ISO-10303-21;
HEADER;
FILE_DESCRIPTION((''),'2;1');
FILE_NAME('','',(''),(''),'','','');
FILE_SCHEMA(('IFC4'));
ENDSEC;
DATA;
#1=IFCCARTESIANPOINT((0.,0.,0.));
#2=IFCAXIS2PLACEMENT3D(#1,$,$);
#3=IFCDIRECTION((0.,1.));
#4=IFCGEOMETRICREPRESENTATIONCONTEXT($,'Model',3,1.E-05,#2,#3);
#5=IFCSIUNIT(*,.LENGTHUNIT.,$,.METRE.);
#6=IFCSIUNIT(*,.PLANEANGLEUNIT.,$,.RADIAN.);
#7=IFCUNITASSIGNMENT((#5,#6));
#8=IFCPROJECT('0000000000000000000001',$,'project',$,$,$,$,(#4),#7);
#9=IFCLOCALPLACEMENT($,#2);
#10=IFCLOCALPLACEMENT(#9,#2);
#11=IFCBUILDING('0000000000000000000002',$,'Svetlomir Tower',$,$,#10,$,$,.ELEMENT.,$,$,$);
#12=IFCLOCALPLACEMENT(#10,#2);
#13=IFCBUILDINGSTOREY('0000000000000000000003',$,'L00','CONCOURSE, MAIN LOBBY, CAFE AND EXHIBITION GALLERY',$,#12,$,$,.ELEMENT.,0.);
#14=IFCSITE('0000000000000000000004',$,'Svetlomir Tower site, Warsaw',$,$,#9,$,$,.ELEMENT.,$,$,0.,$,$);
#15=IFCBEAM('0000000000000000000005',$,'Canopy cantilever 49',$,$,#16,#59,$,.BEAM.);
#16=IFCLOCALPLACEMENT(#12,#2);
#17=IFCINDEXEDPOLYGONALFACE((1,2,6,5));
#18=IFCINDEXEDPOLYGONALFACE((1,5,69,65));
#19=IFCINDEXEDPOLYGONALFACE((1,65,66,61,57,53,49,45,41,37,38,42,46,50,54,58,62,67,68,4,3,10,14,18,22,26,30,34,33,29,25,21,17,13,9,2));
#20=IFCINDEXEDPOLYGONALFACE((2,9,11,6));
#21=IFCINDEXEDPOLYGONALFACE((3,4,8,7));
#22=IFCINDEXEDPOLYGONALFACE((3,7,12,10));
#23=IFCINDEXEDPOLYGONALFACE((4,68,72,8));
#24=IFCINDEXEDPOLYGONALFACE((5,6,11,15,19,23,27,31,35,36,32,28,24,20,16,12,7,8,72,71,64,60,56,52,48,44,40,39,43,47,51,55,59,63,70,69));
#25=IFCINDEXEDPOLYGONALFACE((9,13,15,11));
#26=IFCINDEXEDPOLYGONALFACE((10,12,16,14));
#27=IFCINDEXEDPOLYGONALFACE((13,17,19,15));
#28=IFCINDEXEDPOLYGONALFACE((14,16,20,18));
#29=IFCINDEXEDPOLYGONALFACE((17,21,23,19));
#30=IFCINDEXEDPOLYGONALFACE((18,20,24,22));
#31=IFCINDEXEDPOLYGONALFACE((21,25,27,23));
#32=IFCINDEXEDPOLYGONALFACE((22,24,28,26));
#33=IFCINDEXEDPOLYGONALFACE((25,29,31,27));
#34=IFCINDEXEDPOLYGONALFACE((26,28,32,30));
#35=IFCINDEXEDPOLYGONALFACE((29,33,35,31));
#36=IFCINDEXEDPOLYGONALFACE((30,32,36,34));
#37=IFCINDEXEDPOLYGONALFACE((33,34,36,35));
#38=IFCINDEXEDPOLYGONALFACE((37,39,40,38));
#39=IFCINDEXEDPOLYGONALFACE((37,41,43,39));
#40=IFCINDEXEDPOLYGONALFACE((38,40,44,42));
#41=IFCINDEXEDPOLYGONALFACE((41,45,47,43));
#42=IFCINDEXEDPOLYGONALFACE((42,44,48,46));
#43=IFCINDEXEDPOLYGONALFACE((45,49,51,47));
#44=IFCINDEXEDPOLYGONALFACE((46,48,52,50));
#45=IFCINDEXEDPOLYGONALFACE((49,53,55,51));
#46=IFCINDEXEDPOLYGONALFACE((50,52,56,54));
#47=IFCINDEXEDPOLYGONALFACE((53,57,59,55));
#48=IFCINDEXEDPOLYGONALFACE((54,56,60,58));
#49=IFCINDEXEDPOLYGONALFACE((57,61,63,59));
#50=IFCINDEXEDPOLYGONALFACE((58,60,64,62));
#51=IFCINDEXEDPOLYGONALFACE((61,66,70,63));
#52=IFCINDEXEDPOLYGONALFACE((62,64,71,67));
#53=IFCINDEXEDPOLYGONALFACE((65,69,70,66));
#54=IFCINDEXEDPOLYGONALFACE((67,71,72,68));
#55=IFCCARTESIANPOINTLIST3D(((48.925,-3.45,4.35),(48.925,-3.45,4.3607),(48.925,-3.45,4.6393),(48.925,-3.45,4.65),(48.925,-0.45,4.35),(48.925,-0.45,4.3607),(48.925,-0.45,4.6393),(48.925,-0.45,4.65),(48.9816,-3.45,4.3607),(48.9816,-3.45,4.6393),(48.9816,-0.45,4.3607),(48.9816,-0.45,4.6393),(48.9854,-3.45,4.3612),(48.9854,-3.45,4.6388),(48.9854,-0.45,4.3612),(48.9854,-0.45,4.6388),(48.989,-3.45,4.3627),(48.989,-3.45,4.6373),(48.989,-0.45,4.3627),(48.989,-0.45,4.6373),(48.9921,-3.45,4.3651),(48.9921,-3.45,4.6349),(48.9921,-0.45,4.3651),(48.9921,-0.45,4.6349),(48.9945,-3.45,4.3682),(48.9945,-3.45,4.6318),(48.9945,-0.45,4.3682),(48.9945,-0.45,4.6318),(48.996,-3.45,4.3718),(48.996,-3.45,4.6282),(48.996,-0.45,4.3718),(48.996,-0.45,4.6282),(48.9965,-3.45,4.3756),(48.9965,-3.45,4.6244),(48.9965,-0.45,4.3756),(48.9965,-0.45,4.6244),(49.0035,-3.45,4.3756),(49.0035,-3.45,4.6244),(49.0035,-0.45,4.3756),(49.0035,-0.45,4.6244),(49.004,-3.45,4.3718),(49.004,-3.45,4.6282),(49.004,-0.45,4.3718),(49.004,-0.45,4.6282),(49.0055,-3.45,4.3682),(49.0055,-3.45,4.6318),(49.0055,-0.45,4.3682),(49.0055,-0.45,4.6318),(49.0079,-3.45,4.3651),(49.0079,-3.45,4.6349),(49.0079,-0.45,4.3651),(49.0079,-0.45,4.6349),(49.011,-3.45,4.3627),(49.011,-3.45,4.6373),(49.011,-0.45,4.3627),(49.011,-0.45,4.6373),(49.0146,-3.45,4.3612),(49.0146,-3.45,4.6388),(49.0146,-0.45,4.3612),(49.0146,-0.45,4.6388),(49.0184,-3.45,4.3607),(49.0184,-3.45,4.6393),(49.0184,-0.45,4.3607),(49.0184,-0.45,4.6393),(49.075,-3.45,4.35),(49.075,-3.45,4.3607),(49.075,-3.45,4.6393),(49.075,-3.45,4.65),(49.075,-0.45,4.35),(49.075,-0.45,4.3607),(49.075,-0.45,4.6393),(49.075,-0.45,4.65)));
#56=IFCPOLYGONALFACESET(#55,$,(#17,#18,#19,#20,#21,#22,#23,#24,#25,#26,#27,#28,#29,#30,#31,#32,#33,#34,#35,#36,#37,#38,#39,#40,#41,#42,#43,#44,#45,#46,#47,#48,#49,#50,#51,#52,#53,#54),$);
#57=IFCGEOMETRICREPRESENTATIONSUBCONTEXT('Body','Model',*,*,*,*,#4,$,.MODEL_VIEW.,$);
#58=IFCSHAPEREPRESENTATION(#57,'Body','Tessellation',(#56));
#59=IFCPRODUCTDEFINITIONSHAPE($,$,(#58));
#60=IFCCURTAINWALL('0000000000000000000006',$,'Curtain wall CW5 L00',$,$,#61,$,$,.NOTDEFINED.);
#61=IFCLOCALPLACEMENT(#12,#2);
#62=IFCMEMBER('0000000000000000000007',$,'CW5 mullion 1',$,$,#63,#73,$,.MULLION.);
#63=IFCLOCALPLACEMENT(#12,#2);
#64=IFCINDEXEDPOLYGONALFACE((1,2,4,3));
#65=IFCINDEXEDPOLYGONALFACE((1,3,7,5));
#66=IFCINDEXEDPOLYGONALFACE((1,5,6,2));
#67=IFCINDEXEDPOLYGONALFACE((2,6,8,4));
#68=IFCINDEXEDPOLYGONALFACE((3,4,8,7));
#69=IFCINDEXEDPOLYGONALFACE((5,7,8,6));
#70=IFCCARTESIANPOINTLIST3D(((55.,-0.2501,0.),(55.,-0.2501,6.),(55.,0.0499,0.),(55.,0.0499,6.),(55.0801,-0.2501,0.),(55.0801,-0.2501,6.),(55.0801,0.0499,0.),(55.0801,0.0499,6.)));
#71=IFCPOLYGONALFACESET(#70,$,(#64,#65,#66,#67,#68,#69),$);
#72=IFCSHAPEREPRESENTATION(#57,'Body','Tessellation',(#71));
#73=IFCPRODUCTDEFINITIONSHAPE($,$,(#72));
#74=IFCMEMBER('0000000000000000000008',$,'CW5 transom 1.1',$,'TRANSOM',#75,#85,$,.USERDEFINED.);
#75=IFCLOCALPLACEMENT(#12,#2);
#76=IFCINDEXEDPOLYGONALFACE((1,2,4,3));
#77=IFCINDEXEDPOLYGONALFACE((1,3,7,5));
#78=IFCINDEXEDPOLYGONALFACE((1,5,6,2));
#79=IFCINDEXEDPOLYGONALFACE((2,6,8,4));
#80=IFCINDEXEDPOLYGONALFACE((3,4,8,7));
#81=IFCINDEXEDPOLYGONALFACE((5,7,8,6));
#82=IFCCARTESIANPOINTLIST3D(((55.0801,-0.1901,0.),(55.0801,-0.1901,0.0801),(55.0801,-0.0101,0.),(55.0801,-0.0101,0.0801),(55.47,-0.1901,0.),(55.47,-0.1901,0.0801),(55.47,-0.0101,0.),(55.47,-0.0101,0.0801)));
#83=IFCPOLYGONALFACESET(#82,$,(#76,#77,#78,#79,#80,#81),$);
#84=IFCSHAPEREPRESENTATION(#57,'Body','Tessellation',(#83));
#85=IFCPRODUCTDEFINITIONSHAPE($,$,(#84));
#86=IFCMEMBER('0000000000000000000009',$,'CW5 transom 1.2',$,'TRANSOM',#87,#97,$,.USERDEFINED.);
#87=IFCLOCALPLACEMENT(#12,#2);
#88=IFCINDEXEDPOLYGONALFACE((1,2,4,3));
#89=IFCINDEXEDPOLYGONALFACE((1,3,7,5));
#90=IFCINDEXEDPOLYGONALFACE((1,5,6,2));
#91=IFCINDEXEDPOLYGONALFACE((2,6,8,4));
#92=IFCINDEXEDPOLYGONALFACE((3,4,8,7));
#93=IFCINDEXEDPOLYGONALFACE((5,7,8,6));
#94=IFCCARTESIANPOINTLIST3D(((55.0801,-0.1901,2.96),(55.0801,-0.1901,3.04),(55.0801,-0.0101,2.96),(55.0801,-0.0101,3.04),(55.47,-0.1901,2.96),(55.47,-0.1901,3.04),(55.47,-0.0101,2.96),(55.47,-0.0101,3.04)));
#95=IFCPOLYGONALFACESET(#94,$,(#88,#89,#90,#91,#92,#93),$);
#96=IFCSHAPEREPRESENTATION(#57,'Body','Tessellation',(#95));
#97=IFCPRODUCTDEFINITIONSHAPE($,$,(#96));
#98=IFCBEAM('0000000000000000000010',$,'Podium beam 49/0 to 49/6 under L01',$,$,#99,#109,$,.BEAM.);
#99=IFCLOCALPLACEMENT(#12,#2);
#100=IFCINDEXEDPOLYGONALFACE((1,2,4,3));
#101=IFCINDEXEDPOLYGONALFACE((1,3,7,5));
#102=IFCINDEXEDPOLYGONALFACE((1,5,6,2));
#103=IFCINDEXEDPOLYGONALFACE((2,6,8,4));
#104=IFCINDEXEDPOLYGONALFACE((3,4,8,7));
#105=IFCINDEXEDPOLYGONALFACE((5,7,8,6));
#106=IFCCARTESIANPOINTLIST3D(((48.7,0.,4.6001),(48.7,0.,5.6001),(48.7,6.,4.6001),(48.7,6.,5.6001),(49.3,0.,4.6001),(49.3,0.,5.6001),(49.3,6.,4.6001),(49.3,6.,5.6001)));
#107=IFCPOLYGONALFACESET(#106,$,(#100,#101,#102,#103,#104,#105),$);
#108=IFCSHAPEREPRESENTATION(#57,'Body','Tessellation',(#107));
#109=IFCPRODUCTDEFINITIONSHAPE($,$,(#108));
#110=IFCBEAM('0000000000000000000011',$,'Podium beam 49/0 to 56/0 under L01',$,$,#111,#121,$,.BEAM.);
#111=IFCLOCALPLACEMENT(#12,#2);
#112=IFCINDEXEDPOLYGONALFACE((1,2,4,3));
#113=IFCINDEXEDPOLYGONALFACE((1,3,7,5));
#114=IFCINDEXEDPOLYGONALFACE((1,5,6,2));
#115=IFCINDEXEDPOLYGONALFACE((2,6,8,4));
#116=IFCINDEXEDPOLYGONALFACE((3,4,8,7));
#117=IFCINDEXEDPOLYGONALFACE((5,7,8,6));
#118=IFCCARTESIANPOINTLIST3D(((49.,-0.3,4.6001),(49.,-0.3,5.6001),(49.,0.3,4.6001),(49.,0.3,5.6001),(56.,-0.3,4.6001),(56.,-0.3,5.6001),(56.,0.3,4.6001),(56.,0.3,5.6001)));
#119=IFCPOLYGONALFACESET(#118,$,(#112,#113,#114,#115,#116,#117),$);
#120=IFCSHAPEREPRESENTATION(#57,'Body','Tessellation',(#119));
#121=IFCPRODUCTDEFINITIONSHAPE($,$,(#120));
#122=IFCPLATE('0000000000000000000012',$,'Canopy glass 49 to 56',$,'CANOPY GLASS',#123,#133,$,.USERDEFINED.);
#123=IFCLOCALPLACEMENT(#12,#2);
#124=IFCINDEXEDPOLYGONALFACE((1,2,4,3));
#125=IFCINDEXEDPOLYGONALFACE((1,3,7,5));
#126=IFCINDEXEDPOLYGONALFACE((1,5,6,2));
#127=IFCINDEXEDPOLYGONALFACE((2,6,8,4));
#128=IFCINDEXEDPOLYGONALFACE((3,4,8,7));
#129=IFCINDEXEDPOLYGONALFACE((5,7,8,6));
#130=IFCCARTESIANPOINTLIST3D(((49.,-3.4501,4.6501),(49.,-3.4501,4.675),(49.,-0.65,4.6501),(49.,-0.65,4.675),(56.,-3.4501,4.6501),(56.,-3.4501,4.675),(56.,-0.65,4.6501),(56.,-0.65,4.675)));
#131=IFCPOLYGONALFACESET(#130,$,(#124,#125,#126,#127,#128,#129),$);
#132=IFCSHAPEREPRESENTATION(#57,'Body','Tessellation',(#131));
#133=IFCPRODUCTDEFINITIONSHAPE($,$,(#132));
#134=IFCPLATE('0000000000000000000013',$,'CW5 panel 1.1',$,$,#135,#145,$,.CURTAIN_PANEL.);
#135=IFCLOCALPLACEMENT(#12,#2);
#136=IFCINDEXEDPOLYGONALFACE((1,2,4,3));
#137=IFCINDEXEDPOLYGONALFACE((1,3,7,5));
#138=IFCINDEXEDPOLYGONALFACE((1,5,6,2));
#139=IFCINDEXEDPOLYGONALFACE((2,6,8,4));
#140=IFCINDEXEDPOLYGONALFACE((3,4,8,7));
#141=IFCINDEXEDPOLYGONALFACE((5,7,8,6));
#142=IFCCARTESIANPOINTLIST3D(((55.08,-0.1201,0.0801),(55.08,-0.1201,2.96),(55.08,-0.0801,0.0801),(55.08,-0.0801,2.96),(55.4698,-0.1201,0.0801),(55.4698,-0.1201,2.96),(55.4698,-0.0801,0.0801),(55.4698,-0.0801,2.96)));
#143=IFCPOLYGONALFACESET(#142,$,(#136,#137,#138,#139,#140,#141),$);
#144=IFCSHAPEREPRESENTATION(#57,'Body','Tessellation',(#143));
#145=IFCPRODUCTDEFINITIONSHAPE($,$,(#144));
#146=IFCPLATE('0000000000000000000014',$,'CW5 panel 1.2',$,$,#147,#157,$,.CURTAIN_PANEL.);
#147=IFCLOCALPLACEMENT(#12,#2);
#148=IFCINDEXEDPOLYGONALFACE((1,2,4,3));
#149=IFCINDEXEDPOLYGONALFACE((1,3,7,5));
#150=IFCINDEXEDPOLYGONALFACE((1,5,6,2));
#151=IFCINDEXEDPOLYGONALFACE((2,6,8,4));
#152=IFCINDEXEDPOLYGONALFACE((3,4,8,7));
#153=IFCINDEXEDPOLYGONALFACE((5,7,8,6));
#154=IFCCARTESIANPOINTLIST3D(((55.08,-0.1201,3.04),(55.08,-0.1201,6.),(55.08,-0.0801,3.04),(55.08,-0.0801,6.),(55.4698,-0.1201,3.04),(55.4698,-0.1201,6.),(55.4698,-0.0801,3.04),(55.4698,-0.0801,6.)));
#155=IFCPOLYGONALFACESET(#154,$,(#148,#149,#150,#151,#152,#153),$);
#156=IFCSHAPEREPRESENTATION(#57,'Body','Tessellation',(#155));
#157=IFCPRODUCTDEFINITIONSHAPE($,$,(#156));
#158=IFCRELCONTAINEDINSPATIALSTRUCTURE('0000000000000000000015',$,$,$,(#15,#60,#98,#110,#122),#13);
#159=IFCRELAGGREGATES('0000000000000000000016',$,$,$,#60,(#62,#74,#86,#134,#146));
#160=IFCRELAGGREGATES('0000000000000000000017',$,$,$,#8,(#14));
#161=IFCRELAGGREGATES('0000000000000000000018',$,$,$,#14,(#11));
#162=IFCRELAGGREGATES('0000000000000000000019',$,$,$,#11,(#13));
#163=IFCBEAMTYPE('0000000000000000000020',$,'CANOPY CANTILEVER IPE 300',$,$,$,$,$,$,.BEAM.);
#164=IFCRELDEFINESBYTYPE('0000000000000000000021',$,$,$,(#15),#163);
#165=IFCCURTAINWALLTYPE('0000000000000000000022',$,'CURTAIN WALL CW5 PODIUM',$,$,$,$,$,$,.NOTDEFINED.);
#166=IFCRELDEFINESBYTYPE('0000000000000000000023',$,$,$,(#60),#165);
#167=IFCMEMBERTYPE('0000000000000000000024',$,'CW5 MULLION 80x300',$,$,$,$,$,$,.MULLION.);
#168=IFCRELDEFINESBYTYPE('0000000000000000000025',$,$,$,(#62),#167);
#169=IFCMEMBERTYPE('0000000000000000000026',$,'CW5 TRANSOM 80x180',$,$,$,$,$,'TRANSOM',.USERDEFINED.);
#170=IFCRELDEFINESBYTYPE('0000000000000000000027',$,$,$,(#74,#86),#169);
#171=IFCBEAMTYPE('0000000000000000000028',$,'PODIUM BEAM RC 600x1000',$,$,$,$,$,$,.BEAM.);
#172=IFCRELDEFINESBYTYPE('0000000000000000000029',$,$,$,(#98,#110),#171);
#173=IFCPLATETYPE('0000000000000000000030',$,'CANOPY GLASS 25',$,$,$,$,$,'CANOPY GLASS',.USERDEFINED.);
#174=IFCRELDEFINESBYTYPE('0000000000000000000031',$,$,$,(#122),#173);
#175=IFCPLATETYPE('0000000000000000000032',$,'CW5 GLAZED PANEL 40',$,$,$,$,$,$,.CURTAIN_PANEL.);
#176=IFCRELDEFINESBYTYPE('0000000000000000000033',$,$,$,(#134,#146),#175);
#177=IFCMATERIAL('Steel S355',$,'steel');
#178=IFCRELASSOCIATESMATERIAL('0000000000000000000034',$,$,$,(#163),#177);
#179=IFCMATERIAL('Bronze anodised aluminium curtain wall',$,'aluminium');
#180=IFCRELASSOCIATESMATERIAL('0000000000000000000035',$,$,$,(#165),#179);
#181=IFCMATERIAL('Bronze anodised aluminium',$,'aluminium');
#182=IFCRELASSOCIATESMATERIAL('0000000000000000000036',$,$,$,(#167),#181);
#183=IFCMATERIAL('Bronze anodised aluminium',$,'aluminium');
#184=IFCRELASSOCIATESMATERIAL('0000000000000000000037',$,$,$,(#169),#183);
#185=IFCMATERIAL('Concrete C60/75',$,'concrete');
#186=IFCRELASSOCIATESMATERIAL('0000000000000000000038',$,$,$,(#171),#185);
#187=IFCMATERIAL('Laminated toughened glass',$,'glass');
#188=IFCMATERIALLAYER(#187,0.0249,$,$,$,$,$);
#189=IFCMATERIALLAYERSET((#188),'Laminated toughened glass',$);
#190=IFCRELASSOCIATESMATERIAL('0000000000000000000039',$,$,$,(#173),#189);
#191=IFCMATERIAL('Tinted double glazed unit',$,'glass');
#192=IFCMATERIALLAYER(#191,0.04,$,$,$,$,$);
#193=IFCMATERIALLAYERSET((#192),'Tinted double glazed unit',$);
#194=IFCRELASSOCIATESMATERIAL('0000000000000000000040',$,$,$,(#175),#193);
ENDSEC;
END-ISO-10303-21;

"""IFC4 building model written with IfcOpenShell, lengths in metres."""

from ifc_helpers import new_model, si_unit, direction, frame, origin, origin_2d, place, context, subcontext, project, spatial, rectangle, i_section, extrude, material, layer, layer_set, material_profile, profile_set, type_object, element, aggregate, save


model = new_model("IFC4")

# Units and contexts
model_context = context("Model", 3, precision=1e-05, world=origin(), true_north=direction((0.0, 1.0)))
body_context = subcontext(model_context, "Body", "Model", "MODEL_VIEW")
ifc_project = project(units=[si_unit("LENGTHUNIT", "METRE"), si_unit("PLANEANGLEUNIT", "RADIAN")], contexts=[model_context])

# Site, building, storey
site_placement = place(None, origin())
site = spatial("IfcSite", under=ifc_project, at=site_placement, Name="Svetlomir Tower site, Warsaw", CompositionType="ELEMENT", RefElevation=0.0)
building_placement = place(site_placement, origin())
building = spatial("IfcBuilding", under=site, at=building_placement, Name="Svetlomir Tower", CompositionType="ELEMENT")
storey_placement = place(building_placement, origin())
storey = spatial("IfcBuildingStorey", under=building, at=storey_placement, Name="L00", Description="CONCOURSE, MAIN LOBBY, CAFE AND EXHIBITION GALLERY", CompositionType="ELEMENT", Elevation=0.0)

# Beam
ifc_material_1 = material(Name="Steel S355", Category="steel")
ifc_material_profile_1 = material_profile(ifc_material_1, i_section(OverallWidth=0.1499, OverallDepth=0.3, WebThickness=0.0071, FlangeThickness=0.0107, FilletRadius=0.0149, at=origin_2d()), Name="IPE 300")
ifc_profile_set_1 = profile_set([ifc_material_profile_1], Name="Steel S355")
beam_type_1 = type_object("IfcBeamType", Name="CANOPY CANTILEVER IPE 300", PredefinedType="BEAM", material=ifc_profile_set_1)
beam_1_placement = place(storey_placement, frame((49.0, -0.45, 4.5), z_axis=(0.0, -1.0, 0.0), x_axis=(1.0, 0.0, 0.0)))
element("IfcBeam", 1, at=beam_1_placement, inside=storey, type_object=beam_type_1, Name="Canopy cantilever 49", PredefinedType="BEAM", context=body_context, shape_type="SweptSolid", body=[
    extrude(i_section(OverallWidth=0.1499, OverallDepth=0.3, WebThickness=0.0071, FlangeThickness=0.0107, FilletRadius=0.0149, at=origin_2d()), origin(), (0.0, 0.0, 1.0), 3.0),
])

# Curtain wall, members
ifc_material_2 = material(Name="Bronze anodised aluminium curtain wall", Category="aluminium")
curtain_wall_type = type_object("IfcCurtainWallType", Name="CURTAIN WALL CW5 PODIUM", PredefinedType="NOTDEFINED", material=ifc_material_2)
curtain_wall_placement = place(storey_placement, origin())
curtain_wall = element("IfcCurtainWall", 2, at=curtain_wall_placement, inside=storey, type_object=curtain_wall_type, Name="Curtain wall CW5 L00", PredefinedType="NOTDEFINED")
ifc_material_3 = material(Name="Bronze anodised aluminium", Category="aluminium")
ifc_material_profile_2 = material_profile(ifc_material_3, rectangle(XDim=0.0801, YDim=0.3, at=origin_2d()), Name="AL 80x300")
ifc_profile_set_2 = profile_set([ifc_material_profile_2], Name="Bronze anodised aluminium 6063-T6")
member_type_1 = type_object("IfcMemberType", Name="CW5 MULLION 80x300", PredefinedType="MULLION", material=ifc_profile_set_2)
member_1_placement = place(storey_placement, frame((55.04, -0.1001, 0.0), z_axis=(0.0, 0.0, 1.0), x_axis=(1.0, 0.0, 0.0)))
member_1 = element("IfcMember", 3, at=member_1_placement, type_object=member_type_1, Name="CW5 mullion 1", PredefinedType="MULLION", context=body_context, shape_type="SweptSolid", body=[
    extrude(rectangle(XDim=0.0801, YDim=0.3, at=origin_2d()), origin(), (0.0, 0.0, 1.0), 6.0),
])
ifc_material_4 = material(Name="Bronze anodised aluminium", Category="aluminium")
ifc_material_profile_3 = material_profile(ifc_material_4, rectangle(XDim=0.1799, YDim=0.0801, at=origin_2d()), Name="AL 180x80")
ifc_profile_set_3 = profile_set([ifc_material_profile_3], Name="Bronze anodised aluminium 6063-T6")
member_type_2 = type_object("IfcMemberType", Name="CW5 TRANSOM 80x180", ElementType="TRANSOM", PredefinedType="USERDEFINED", material=ifc_profile_set_3)
member_2_placement = place(storey_placement, frame((55.0801, -0.1001, 0.04), z_axis=(1.0, 0.0, 0.0), x_axis=(0.0, 1.0, 0.0)))
member_2 = element("IfcMember", 4, at=member_2_placement, type_object=member_type_2, Name="CW5 transom 1.1", ObjectType="TRANSOM", PredefinedType="USERDEFINED", context=body_context, shape_type="SweptSolid", body=[
    extrude(rectangle(XDim=0.1799, YDim=0.0801, at=origin_2d()), origin(), (0.0, 0.0, 1.0), 0.3899),
])
member_3_placement = place(storey_placement, frame((55.0801, -0.1001, 3.0), z_axis=(1.0, 0.0, 0.0), x_axis=(0.0, 1.0, 0.0)))
member_3 = element("IfcMember", 5, at=member_3_placement, type_object=member_type_2, Name="CW5 transom 1.2", ObjectType="TRANSOM", PredefinedType="USERDEFINED", context=body_context, shape_type="SweptSolid", body=[
    extrude(rectangle(XDim=0.1799, YDim=0.0801, at=origin_2d()), origin(), (0.0, 0.0, 1.0), 0.3899),
])

# Beams
ifc_material_5 = material(Name="Concrete C60/75", Category="concrete")
ifc_material_profile_4 = material_profile(ifc_material_5, rectangle(XDim=0.6001, YDim=1.0, at=origin_2d()), Name="RC 600x1000")
ifc_profile_set_4 = profile_set([ifc_material_profile_4], Name="Concrete C60/75")
beam_type_2 = type_object("IfcBeamType", Name="PODIUM BEAM RC 600x1000", PredefinedType="BEAM", material=ifc_profile_set_4)
beam_2_placement = place(storey_placement, frame((49.0, 0.0, 5.1001), z_axis=(0.0, 1.0, 0.0), x_axis=(-1.0, 0.0, 0.0)))
element("IfcBeam", 6, at=beam_2_placement, inside=storey, type_object=beam_type_2, Name="Podium beam 49/0 to 49/6 under L01", PredefinedType="BEAM", context=body_context, shape_type="SweptSolid", body=[
    extrude(rectangle(XDim=0.6001, YDim=1.0, at=origin_2d()), origin(), (0.0, 0.0, 1.0), 6.0),
])
beam_3_placement = place(storey_placement, frame((49.0, 0.0, 5.1001), z_axis=(1.0, 0.0, 0.0), x_axis=(0.0, 1.0, 0.0)))
element("IfcBeam", 7, at=beam_3_placement, inside=storey, type_object=beam_type_2, Name="Podium beam 49/0 to 56/0 under L01", PredefinedType="BEAM", context=body_context, shape_type="SweptSolid", body=[
    extrude(rectangle(XDim=0.6001, YDim=1.0, at=origin_2d()), origin(), (0.0, 0.0, 1.0), 7.0),
])

# Plates
ifc_material_6 = material(Name="Laminated toughened glass", Category="glass")
ifc_layer_1 = layer(ifc_material_6, 0.0249)
ifc_layer_set_1 = layer_set([ifc_layer_1], Name="Laminated toughened glass")
plate_type_1 = type_object("IfcPlateType", Name="CANOPY GLASS 25", ElementType="CANOPY GLASS", PredefinedType="USERDEFINED", material=ifc_layer_set_1)
plate_1_placement = place(storey_placement, frame((52.5, -2.05, 4.6501), z_axis=(0.0, 0.0, 1.0), x_axis=(1.0, 0.0, 0.0)))
element("IfcPlate", 8, at=plate_1_placement, inside=storey, type_object=plate_type_1, Name="Canopy glass 49 to 56", ObjectType="CANOPY GLASS", PredefinedType="USERDEFINED", context=body_context, shape_type="SweptSolid", body=[
    extrude(rectangle(XDim=7.0, YDim=2.8, at=origin_2d()), origin(), (0.0, 0.0, 1.0), 0.0249),
])
ifc_material_7 = material(Name="Tinted double glazed unit", Category="glass")
ifc_layer_2 = layer(ifc_material_7, 0.04)
ifc_layer_set_2 = layer_set([ifc_layer_2], Name="Tinted double glazed unit")
plate_type_2 = type_object("IfcPlateType", Name="CW5 GLAZED PANEL 40", PredefinedType="CURTAIN_PANEL", material=ifc_layer_set_2)
plate_2_placement = place(storey_placement, frame((55.2749, -0.1001, 0.0801), z_axis=(0.0, 0.0, 1.0), x_axis=(1.0, 0.0, 0.0)))
plate_2 = element("IfcPlate", 9, at=plate_2_placement, type_object=plate_type_2, Name="CW5 panel 1.1", PredefinedType="CURTAIN_PANEL", context=body_context, shape_type="SweptSolid", body=[
    extrude(rectangle(XDim=0.3899, YDim=0.04, at=origin_2d()), origin(), (0.0, 0.0, 1.0), 2.8799),
])
plate_3_placement = place(storey_placement, frame((55.2749, -0.1001, 3.04), z_axis=(0.0, 0.0, 1.0), x_axis=(1.0, 0.0, 0.0)))
plate_3 = element("IfcPlate", 10, at=plate_3_placement, type_object=plate_type_2, Name="CW5 panel 1.2", PredefinedType="CURTAIN_PANEL", context=body_context, shape_type="SweptSolid", body=[
    extrude(rectangle(XDim=0.3899, YDim=0.04, at=origin_2d()), origin(), (0.0, 0.0, 1.0), 2.96),
])
aggregate(curtain_wall, [member_1, member_2, member_3, plate_2, plate_3])

save(model, "model.ifc")
